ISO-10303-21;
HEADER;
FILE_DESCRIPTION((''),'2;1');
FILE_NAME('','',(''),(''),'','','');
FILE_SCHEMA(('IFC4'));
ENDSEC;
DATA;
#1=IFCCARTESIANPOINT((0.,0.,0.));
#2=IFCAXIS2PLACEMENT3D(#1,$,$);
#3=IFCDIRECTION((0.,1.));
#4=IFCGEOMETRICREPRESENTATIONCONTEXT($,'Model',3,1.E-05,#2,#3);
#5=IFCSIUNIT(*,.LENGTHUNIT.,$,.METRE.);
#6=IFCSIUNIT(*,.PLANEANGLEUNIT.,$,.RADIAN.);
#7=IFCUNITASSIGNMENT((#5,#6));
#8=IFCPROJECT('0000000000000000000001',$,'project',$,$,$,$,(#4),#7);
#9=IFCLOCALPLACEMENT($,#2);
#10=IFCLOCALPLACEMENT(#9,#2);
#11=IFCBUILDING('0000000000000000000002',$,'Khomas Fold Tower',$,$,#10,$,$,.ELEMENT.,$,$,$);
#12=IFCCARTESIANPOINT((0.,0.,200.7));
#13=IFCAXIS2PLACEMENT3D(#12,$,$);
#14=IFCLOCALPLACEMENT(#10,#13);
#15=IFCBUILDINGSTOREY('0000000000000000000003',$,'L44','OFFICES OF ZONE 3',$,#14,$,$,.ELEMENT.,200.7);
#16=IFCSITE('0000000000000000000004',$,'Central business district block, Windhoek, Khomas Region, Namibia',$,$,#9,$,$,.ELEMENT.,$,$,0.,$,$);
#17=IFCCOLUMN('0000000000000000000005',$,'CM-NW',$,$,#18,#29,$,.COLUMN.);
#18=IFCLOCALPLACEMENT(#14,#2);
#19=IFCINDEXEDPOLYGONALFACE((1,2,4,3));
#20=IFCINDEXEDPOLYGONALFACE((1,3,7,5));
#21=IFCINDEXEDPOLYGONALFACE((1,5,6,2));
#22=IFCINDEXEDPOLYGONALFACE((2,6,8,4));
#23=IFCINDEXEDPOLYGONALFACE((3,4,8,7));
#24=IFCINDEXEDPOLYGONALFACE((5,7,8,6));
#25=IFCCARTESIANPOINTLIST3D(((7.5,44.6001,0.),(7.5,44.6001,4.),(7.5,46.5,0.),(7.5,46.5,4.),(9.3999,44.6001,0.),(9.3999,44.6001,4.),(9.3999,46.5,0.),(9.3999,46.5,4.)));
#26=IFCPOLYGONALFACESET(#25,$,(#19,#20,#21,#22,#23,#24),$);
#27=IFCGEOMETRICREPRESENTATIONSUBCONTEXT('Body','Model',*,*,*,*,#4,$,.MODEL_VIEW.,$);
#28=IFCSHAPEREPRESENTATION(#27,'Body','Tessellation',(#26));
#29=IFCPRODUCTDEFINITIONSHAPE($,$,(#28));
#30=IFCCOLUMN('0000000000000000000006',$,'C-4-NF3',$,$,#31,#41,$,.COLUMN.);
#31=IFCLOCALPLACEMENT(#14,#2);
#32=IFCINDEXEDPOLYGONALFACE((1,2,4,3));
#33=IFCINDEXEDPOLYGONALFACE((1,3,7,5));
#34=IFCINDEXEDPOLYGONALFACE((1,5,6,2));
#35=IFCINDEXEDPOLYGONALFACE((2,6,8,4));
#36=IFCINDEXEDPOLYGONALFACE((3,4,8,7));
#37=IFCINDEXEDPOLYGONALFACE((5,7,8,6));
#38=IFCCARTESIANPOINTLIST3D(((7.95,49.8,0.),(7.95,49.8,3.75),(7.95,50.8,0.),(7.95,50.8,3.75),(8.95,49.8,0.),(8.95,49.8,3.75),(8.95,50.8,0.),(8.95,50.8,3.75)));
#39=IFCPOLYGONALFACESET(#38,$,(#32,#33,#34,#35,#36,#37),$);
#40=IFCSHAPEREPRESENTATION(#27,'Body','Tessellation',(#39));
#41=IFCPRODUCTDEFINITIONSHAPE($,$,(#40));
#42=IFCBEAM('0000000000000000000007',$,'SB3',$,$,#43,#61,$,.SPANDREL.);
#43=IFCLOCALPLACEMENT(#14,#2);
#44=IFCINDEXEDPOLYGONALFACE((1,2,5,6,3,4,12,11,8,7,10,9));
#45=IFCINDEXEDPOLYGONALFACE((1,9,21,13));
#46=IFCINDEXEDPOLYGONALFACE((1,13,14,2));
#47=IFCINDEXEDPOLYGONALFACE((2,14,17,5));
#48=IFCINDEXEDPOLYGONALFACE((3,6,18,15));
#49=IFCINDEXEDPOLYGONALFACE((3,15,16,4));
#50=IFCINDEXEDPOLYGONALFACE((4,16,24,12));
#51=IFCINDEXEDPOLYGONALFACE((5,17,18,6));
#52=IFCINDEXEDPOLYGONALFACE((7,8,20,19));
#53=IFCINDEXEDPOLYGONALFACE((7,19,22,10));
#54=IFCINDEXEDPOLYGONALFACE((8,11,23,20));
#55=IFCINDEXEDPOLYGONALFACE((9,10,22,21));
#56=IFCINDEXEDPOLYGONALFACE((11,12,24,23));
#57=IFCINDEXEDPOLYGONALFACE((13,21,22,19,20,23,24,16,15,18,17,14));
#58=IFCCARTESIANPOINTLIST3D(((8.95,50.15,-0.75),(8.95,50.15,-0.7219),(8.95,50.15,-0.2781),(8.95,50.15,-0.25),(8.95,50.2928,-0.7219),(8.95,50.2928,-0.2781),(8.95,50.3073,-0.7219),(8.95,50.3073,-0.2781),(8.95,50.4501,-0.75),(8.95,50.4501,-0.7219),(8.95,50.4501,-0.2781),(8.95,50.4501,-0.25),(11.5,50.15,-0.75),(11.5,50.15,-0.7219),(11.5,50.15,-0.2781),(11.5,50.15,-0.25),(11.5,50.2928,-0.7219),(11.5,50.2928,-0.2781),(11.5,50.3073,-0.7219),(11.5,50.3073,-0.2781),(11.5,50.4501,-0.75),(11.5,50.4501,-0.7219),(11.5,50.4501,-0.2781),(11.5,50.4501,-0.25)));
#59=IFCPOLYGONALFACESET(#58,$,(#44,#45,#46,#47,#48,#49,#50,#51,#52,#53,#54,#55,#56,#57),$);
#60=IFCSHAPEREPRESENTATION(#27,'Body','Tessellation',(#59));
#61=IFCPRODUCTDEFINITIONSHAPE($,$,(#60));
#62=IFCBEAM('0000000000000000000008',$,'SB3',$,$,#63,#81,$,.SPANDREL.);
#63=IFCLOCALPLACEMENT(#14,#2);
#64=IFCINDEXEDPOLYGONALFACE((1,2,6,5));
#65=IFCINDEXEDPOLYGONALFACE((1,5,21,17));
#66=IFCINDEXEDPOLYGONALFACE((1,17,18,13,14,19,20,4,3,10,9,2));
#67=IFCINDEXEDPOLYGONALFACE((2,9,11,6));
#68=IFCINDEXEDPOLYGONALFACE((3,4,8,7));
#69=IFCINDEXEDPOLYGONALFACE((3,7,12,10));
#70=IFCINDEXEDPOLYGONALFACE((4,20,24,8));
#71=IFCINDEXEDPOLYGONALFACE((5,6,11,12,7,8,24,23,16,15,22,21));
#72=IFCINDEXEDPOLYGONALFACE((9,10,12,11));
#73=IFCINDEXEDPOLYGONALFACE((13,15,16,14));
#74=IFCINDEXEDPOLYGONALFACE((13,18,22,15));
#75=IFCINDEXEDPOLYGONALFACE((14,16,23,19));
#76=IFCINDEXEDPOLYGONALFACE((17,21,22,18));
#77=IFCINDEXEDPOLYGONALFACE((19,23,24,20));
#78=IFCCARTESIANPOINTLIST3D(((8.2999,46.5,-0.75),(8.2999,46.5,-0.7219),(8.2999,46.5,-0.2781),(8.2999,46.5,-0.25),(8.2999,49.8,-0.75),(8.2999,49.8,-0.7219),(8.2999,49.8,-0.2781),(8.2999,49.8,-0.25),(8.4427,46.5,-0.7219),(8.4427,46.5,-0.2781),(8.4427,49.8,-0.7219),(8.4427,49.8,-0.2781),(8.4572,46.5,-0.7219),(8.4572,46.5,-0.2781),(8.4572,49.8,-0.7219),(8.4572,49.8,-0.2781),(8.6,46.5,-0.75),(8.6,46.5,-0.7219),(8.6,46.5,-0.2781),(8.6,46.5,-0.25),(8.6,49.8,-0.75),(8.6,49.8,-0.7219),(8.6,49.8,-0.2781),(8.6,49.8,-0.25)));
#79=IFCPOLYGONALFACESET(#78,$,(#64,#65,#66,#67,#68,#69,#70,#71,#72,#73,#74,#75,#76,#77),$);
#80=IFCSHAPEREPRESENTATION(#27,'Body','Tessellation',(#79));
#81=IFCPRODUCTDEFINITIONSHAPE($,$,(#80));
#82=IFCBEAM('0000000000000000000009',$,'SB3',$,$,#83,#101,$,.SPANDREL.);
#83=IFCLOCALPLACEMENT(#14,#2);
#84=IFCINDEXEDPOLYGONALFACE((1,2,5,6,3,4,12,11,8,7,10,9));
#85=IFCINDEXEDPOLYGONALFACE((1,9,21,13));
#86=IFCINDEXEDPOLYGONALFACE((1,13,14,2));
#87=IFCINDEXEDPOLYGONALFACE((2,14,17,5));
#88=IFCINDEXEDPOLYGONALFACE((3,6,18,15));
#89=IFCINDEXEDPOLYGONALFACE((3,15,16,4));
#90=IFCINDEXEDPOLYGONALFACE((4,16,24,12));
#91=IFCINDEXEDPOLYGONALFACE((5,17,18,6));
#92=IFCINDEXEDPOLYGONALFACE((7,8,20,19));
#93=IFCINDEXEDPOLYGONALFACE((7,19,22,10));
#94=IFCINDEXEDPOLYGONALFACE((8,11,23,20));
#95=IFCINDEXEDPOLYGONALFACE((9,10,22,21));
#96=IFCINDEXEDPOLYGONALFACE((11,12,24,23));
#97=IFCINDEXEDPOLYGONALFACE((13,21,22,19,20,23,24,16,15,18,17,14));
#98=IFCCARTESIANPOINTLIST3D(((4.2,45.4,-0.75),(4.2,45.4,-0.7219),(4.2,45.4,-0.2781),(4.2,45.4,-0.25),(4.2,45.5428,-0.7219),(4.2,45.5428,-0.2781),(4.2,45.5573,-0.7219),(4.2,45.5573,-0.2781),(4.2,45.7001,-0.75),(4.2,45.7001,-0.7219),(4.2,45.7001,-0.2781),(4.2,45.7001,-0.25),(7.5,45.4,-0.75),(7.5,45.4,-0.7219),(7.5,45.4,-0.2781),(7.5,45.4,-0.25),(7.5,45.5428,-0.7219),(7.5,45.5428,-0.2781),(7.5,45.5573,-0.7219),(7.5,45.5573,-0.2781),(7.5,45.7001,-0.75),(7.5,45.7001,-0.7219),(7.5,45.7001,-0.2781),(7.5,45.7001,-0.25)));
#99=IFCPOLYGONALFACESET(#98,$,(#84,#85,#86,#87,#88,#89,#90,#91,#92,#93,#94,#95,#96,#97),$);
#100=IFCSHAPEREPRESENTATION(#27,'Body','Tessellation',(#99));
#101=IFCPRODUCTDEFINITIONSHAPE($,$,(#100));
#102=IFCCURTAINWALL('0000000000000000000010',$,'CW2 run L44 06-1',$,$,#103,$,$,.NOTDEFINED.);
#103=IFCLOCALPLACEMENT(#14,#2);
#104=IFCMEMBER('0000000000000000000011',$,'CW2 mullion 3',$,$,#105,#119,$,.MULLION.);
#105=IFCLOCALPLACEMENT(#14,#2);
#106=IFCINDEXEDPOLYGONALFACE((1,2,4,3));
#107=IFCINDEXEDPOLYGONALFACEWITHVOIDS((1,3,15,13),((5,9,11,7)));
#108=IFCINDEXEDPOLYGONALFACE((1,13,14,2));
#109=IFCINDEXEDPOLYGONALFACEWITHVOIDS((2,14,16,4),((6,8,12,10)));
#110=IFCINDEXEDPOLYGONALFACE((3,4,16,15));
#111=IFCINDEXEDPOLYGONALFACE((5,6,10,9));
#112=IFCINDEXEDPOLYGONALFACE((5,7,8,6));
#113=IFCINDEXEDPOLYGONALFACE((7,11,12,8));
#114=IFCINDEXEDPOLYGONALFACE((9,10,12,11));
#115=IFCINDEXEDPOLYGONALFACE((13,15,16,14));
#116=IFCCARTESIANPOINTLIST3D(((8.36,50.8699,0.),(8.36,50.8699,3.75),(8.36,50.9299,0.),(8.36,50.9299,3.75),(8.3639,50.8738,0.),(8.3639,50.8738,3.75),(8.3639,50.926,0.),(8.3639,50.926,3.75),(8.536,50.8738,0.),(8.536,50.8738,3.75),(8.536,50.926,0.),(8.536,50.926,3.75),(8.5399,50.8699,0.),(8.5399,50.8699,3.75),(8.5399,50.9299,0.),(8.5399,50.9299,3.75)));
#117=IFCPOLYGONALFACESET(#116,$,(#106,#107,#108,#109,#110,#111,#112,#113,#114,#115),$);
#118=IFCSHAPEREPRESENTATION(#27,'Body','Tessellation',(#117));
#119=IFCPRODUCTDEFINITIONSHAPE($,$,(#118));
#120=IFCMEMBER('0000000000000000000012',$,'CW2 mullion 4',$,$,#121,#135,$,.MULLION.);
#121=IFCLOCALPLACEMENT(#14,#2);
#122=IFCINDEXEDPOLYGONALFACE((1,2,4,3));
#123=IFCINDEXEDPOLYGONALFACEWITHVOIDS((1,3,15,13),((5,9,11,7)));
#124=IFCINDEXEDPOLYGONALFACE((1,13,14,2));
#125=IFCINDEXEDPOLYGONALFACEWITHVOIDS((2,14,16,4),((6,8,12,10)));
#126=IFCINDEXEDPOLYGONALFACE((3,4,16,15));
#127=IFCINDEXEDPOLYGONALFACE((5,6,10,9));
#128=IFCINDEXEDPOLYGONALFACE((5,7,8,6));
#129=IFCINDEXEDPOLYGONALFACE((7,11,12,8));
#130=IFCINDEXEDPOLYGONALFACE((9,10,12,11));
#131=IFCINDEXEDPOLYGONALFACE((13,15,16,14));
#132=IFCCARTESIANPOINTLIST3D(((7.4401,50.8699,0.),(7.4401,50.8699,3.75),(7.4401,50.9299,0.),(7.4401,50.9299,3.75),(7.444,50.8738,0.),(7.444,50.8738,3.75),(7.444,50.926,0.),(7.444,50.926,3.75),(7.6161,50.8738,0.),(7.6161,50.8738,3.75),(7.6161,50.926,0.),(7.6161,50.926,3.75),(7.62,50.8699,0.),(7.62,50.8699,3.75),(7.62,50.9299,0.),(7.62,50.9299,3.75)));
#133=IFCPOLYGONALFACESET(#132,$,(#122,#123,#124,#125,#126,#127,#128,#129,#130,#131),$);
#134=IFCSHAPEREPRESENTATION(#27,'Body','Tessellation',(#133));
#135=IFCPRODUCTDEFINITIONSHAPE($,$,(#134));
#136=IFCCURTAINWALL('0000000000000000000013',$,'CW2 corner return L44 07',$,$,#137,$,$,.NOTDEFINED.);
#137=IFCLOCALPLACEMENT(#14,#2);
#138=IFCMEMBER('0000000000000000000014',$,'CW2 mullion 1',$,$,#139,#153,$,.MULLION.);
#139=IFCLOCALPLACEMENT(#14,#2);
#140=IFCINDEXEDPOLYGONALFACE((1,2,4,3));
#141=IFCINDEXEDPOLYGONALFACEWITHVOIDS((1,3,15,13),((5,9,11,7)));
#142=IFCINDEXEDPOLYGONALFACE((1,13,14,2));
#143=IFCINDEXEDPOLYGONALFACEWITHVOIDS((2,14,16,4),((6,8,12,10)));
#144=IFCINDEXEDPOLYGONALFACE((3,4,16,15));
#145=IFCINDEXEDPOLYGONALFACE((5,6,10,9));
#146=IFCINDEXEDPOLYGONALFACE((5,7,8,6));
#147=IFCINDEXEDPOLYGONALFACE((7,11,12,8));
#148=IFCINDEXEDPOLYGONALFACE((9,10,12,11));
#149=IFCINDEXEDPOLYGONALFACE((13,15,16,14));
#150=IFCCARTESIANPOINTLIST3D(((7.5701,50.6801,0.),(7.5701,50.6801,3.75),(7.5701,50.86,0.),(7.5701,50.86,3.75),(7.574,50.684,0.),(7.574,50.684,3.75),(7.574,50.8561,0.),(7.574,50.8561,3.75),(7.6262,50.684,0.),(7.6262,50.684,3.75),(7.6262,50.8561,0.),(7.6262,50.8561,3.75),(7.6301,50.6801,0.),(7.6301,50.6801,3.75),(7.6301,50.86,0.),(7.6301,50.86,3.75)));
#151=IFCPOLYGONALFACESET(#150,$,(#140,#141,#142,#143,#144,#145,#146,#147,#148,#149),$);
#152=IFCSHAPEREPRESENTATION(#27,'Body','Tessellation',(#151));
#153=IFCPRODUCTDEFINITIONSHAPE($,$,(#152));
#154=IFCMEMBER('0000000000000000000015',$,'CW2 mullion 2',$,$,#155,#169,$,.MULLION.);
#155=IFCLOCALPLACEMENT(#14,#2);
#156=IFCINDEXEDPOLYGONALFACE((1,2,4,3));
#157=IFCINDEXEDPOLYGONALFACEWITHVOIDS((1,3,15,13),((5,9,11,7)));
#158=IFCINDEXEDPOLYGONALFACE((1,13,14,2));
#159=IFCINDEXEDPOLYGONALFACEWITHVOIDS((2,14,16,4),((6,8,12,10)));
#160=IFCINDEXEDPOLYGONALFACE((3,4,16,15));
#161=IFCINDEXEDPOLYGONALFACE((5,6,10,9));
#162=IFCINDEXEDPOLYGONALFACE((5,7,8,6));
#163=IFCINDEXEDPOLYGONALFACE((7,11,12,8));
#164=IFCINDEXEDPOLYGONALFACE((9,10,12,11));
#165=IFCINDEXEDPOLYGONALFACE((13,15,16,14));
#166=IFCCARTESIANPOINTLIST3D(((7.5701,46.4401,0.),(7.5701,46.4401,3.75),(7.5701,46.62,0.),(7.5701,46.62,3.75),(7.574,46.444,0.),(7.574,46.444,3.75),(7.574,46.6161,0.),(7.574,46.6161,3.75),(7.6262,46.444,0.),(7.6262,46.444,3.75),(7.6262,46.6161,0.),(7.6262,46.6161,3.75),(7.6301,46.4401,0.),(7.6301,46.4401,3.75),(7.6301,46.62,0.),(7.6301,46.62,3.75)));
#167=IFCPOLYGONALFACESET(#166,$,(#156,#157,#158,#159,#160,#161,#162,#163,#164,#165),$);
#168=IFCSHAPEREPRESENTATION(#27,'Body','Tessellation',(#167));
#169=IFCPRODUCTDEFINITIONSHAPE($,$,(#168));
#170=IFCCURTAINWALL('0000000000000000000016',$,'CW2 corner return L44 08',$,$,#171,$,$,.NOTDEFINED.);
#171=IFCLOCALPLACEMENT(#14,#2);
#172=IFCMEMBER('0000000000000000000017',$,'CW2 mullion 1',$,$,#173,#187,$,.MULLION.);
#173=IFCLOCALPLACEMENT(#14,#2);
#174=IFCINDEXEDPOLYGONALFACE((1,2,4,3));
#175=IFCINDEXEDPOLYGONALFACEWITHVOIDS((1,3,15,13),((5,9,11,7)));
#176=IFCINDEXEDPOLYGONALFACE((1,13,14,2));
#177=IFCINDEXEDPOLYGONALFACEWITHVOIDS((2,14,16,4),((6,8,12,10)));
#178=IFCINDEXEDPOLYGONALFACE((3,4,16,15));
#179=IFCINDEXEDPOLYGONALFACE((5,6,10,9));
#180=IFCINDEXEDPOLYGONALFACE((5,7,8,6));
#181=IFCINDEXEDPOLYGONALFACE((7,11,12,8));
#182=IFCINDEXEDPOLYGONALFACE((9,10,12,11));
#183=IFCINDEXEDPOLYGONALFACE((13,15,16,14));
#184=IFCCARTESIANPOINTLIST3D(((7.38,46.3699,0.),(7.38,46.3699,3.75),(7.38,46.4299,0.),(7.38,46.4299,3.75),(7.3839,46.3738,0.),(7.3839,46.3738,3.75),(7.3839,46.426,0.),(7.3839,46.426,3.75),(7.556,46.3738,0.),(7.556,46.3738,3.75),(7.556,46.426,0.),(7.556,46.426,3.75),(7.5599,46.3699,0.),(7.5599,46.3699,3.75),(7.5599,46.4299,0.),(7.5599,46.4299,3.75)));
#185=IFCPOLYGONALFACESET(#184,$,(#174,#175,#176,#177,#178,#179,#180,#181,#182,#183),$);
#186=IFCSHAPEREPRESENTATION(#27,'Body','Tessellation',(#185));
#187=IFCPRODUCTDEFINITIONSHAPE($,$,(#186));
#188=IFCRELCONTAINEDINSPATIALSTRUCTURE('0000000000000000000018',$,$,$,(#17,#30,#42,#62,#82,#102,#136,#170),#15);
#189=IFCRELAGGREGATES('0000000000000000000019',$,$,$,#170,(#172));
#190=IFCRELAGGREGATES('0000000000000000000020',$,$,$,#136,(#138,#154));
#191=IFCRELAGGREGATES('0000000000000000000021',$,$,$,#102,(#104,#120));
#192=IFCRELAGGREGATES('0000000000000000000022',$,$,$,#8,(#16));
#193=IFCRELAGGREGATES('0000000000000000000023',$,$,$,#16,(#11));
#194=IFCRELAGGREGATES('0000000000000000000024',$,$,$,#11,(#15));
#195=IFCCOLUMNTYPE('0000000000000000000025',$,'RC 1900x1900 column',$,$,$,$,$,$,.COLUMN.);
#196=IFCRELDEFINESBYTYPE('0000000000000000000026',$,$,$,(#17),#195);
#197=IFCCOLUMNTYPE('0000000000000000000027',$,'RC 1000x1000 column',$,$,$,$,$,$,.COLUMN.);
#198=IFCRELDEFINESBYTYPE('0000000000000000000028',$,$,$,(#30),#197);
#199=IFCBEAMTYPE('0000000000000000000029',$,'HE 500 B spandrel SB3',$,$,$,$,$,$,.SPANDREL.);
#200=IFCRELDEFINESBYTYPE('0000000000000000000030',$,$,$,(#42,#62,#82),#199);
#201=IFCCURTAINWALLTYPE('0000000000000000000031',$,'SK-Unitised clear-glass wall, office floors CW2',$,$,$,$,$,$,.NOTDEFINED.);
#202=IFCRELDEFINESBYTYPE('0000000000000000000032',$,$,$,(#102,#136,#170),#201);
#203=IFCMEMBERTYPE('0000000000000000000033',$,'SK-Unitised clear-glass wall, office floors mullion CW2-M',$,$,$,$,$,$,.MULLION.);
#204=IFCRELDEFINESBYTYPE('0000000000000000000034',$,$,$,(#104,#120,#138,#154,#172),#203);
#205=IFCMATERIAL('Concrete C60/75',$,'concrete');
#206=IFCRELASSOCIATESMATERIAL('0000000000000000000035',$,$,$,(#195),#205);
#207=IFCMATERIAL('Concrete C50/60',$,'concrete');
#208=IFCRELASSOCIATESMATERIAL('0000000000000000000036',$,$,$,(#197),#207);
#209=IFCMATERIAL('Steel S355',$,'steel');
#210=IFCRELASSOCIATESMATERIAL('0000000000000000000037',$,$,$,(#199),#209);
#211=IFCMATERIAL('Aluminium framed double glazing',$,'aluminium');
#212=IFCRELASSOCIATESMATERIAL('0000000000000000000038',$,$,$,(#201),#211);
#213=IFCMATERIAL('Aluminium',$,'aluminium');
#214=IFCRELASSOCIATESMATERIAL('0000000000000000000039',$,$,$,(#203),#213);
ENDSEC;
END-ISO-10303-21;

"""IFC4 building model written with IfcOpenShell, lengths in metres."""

from ifc_helpers import new_model, si_unit, direction, frame, origin, origin_2d, place, context, subcontext, project, spatial, rectangle, hollow_rectangle, i_section, extrude, source, transform, mapped, material, material_profile, profile_set, type_object, element, aggregate, save


model = new_model("IFC4")

# Units and contexts
model_context = context("Model", 3, precision=1e-05, world=origin(), true_north=direction((0.0, 1.0)))
body_context = subcontext(model_context, "Body", "Model", "MODEL_VIEW")
ifc_project = project(units=[si_unit("LENGTHUNIT", "METRE"), si_unit("PLANEANGLEUNIT", "RADIAN")], contexts=[model_context])

# Site, building, storey
site_placement = place(None, origin())
site = spatial("IfcSite", under=ifc_project, at=site_placement, Name="Central business district block, Windhoek, Khomas Region, Namibia", CompositionType="ELEMENT", RefElevation=0.0)
building_placement = place(site_placement, origin())
building = spatial("IfcBuilding", under=site, at=building_placement, Name="Khomas Fold Tower", CompositionType="ELEMENT")
storey_placement = place(building_placement, frame((0.0, 0.0, 200.7)))
storey = spatial("IfcBuildingStorey", under=building, at=storey_placement, Name="L44", Description="OFFICES OF ZONE 3", CompositionType="ELEMENT", Elevation=200.7)

# Columns
ifc_material_1 = material(Name="Concrete C60/75", Category="concrete")
ifc_material_profile_1 = material_profile(ifc_material_1, rectangle(XDim=1.8999, YDim=1.8999, at=origin_2d()), Name="RC 1900x1900")
ifc_profile_set_1 = profile_set([ifc_material_profile_1], Name="Concrete C60/75")
column_type_1 = type_object("IfcColumnType", Name="RC 1900x1900 column", PredefinedType="COLUMN", material=ifc_profile_set_1)
shared_shape_1 = source(origin(), body_context, "Body", "SweptSolid", [
    extrude(rectangle(XDim=1.8999, YDim=1.8999, at=origin_2d()), origin(), (0.0, 0.0, 1.0), 4.0),
])
column_1_placement = place(storey_placement, frame((8.45, 45.55, 0.0), z_axis=(0.0, 0.0, 1.0), x_axis=(1.0, 0.0, 0.0)))
element("IfcColumn", 1, at=column_1_placement, inside=storey, type_object=column_type_1, Name="CM-NW", PredefinedType="COLUMN", context=body_context, shape_type="MappedRepresentation", body=[
    mapped(shared_shape_1, transform((0.0, 0.0, 0.0))),
])
ifc_material_2 = material(Name="Concrete C50/60", Category="concrete")
ifc_material_profile_2 = material_profile(ifc_material_2, rectangle(XDim=1.0, YDim=1.0, at=origin_2d()), Name="RC 1000x1000")
ifc_profile_set_2 = profile_set([ifc_material_profile_2], Name="Concrete C50/60")
column_type_2 = type_object("IfcColumnType", Name="RC 1000x1000 column", PredefinedType="COLUMN", material=ifc_profile_set_2)
shared_shape_2 = source(origin(), body_context, "Body", "SweptSolid", [
    extrude(rectangle(XDim=1.0, YDim=1.0, at=origin_2d()), origin(), (0.0, 0.0, 1.0), 3.75),
])
column_2_placement = place(storey_placement, frame((8.45, 50.3, 0.0), z_axis=(0.0, 0.0, 1.0), x_axis=(1.0, 0.0, 0.0)))
element("IfcColumn", 2, at=column_2_placement, inside=storey, type_object=column_type_2, Name="C-4-NF3", PredefinedType="COLUMN", context=body_context, shape_type="MappedRepresentation", body=[
    mapped(shared_shape_2, transform((0.0, 0.0, 0.0))),
])

# Beams
ifc_material_3 = material(Name="Steel S355", Category="steel")
ifc_material_profile_3 = material_profile(ifc_material_3, i_section(OverallWidth=0.3, OverallDepth=0.5, WebThickness=0.0144, FlangeThickness=0.0281, at=origin_2d()), Name="HE 500 B")
ifc_profile_set_3 = profile_set([ifc_material_profile_3], Name="Steel S355")
beam_type = type_object("IfcBeamType", Name="HE 500 B spandrel SB3", PredefinedType="SPANDREL", material=ifc_profile_set_3)
shared_shape_3 = source(origin(), body_context, "Body", "SweptSolid", [
    extrude(i_section(OverallWidth=0.3, OverallDepth=0.5, WebThickness=0.0144, FlangeThickness=0.0281, at=origin_2d()), origin(), (0.0, 0.0, 1.0), 2.55),
])
beam_placement = place(storey_placement, frame((8.95, 50.3, -0.5), z_axis=(1.0, 0.0, 0.0), x_axis=(0.0, 1.0, 0.0)))
element("IfcBeam", 3, at=beam_placement, inside=storey, type_object=beam_type, Name="SB3", PredefinedType="SPANDREL", context=body_context, shape_type="MappedRepresentation", body=[
    mapped(shared_shape_3, transform((0.0, 0.0, 0.0))),
])
shared_shape_4 = source(origin(), body_context, "Body", "SweptSolid", [
    extrude(i_section(OverallWidth=0.3, OverallDepth=0.5, WebThickness=0.0144, FlangeThickness=0.0281, at=origin_2d()), origin(), (0.0, 0.0, 1.0), 3.3),
])
for number, where, z_axis, x_axis, name in (
    (4, (8.45, 46.5, -0.5), (0.0, 1.0, 0.0), (-1.0, 0.0, 0.0), "SB3"),
    (5, (4.2, 45.55, -0.5), (1.0, 0.0, 0.0), (0.0, 1.0, 0.0), "SB3"),
):
    element("IfcBeam", number, at=place(storey_placement, frame(where, z_axis=z_axis, x_axis=x_axis)), inside=storey, type_object=beam_type, Name=name, PredefinedType="SPANDREL", context=body_context, shape_type="MappedRepresentation", body=[
        mapped(shared_shape_4, transform((0.0, 0.0, 0.0))),
    ])

# Curtain walls, members
ifc_material_4 = material(Name="Aluminium framed double glazing", Category="aluminium")
curtain_wall_type = type_object("IfcCurtainWallType", Name="SK-Unitised clear-glass wall, office floors CW2", PredefinedType="NOTDEFINED", material=ifc_material_4)
curtain_wall_1_placement = place(storey_placement, origin())
curtain_wall_1 = element("IfcCurtainWall", 6, at=curtain_wall_1_placement, inside=storey, type_object=curtain_wall_type, Name="CW2 run L44 06-1", PredefinedType="NOTDEFINED")
ifc_material_5 = material(Name="Aluminium", Category="aluminium")
ifc_material_profile_4 = material_profile(ifc_material_5, hollow_rectangle(XDim=0.0601, YDim=0.1799, WallThickness=0.0039, at=origin_2d()), Name="SK-Unitised clear-glass wall, office floors mullion CW2-M")
ifc_profile_set_4 = profile_set([ifc_material_profile_4], Name="Aluminium")
member_type_1 = type_object("IfcMemberType", Name="SK-Unitised clear-glass wall, office floors mullion CW2-M", PredefinedType="MULLION", material=ifc_profile_set_4)
shared_shape_5 = source(origin(), body_context, "Body", "SweptSolid", [
    extrude(hollow_rectangle(XDim=0.0601, YDim=0.1799, WallThickness=0.0039, at=origin_2d()), origin(), (0.0, 0.0, 1.0), 3.75),
])
member_1_placement = place(storey_placement, frame((8.45, 50.8999, 0.0), z_axis=(0.0, 0.0, 1.0), x_axis=(0.0, -1.0, 0.0)))
member_1 = element("IfcMember", 7, at=member_1_placement, type_object=member_type_1, Name="CW2 mullion 3", PredefinedType="MULLION", context=body_context, shape_type="MappedRepresentation", body=[
    mapped(shared_shape_5, transform((0.0, 0.0, 0.0))),
])
member_2_placement = place(storey_placement, frame((7.53, 50.8999, 0.0), z_axis=(0.0, 0.0, 1.0), x_axis=(0.0, -1.0, 0.0)))
member_2 = element("IfcMember", 8, at=member_2_placement, type_object=member_type_1, Name="CW2 mullion 4", PredefinedType="MULLION", context=body_context, shape_type="MappedRepresentation", body=[
    mapped(shared_shape_5, transform((0.0, 0.0, 0.0))),
])
curtain_wall_2_placement = place(storey_placement, origin())
curtain_wall_2 = element("IfcCurtainWall", 9, at=curtain_wall_2_placement, inside=storey, type_object=curtain_wall_type, Name="CW2 corner return L44 07", PredefinedType="NOTDEFINED")
member_3_placement = place(storey_placement, frame((7.6001, 50.77, 0.0), z_axis=(0.0, 0.0, 1.0), x_axis=(1.0, 0.0, 0.0)))
member_3 = element("IfcMember", 10, at=member_3_placement, type_object=member_type_1, Name="CW2 mullion 1", PredefinedType="MULLION", context=body_context, shape_type="MappedRepresentation", body=[
    mapped(shared_shape_5, transform((0.0, 0.0, 0.0))),
])
member_4_placement = place(storey_placement, frame((7.6001, 46.53, 0.0), z_axis=(0.0, 0.0, 1.0), x_axis=(1.0, 0.0, 0.0)))
member_4 = element("IfcMember", 11, at=member_4_placement, type_object=member_type_1, Name="CW2 mullion 2", PredefinedType="MULLION", context=body_context, shape_type="MappedRepresentation", body=[
    mapped(shared_shape_5, transform((0.0, 0.0, 0.0))),
])
curtain_wall_3_placement = place(storey_placement, origin())
curtain_wall_3 = element("IfcCurtainWall", 12, at=curtain_wall_3_placement, inside=storey, type_object=curtain_wall_type, Name="CW2 corner return L44 08", PredefinedType="NOTDEFINED")
member_5_placement = place(storey_placement, frame((7.47, 46.3999, 0.0), z_axis=(0.0, 0.0, 1.0), x_axis=(0.0, -1.0, 0.0)))
member_5 = element("IfcMember", 13, at=member_5_placement, type_object=member_type_1, Name="CW2 mullion 1", PredefinedType="MULLION", context=body_context, shape_type="MappedRepresentation", body=[
    mapped(shared_shape_5, transform((0.0, 0.0, 0.0))),
])

aggregate(curtain_wall_3, [member_5])
aggregate(curtain_wall_2, [member_3, member_4])
aggregate(curtain_wall_1, [member_1, member_2])

save(model, "model.ifc")
